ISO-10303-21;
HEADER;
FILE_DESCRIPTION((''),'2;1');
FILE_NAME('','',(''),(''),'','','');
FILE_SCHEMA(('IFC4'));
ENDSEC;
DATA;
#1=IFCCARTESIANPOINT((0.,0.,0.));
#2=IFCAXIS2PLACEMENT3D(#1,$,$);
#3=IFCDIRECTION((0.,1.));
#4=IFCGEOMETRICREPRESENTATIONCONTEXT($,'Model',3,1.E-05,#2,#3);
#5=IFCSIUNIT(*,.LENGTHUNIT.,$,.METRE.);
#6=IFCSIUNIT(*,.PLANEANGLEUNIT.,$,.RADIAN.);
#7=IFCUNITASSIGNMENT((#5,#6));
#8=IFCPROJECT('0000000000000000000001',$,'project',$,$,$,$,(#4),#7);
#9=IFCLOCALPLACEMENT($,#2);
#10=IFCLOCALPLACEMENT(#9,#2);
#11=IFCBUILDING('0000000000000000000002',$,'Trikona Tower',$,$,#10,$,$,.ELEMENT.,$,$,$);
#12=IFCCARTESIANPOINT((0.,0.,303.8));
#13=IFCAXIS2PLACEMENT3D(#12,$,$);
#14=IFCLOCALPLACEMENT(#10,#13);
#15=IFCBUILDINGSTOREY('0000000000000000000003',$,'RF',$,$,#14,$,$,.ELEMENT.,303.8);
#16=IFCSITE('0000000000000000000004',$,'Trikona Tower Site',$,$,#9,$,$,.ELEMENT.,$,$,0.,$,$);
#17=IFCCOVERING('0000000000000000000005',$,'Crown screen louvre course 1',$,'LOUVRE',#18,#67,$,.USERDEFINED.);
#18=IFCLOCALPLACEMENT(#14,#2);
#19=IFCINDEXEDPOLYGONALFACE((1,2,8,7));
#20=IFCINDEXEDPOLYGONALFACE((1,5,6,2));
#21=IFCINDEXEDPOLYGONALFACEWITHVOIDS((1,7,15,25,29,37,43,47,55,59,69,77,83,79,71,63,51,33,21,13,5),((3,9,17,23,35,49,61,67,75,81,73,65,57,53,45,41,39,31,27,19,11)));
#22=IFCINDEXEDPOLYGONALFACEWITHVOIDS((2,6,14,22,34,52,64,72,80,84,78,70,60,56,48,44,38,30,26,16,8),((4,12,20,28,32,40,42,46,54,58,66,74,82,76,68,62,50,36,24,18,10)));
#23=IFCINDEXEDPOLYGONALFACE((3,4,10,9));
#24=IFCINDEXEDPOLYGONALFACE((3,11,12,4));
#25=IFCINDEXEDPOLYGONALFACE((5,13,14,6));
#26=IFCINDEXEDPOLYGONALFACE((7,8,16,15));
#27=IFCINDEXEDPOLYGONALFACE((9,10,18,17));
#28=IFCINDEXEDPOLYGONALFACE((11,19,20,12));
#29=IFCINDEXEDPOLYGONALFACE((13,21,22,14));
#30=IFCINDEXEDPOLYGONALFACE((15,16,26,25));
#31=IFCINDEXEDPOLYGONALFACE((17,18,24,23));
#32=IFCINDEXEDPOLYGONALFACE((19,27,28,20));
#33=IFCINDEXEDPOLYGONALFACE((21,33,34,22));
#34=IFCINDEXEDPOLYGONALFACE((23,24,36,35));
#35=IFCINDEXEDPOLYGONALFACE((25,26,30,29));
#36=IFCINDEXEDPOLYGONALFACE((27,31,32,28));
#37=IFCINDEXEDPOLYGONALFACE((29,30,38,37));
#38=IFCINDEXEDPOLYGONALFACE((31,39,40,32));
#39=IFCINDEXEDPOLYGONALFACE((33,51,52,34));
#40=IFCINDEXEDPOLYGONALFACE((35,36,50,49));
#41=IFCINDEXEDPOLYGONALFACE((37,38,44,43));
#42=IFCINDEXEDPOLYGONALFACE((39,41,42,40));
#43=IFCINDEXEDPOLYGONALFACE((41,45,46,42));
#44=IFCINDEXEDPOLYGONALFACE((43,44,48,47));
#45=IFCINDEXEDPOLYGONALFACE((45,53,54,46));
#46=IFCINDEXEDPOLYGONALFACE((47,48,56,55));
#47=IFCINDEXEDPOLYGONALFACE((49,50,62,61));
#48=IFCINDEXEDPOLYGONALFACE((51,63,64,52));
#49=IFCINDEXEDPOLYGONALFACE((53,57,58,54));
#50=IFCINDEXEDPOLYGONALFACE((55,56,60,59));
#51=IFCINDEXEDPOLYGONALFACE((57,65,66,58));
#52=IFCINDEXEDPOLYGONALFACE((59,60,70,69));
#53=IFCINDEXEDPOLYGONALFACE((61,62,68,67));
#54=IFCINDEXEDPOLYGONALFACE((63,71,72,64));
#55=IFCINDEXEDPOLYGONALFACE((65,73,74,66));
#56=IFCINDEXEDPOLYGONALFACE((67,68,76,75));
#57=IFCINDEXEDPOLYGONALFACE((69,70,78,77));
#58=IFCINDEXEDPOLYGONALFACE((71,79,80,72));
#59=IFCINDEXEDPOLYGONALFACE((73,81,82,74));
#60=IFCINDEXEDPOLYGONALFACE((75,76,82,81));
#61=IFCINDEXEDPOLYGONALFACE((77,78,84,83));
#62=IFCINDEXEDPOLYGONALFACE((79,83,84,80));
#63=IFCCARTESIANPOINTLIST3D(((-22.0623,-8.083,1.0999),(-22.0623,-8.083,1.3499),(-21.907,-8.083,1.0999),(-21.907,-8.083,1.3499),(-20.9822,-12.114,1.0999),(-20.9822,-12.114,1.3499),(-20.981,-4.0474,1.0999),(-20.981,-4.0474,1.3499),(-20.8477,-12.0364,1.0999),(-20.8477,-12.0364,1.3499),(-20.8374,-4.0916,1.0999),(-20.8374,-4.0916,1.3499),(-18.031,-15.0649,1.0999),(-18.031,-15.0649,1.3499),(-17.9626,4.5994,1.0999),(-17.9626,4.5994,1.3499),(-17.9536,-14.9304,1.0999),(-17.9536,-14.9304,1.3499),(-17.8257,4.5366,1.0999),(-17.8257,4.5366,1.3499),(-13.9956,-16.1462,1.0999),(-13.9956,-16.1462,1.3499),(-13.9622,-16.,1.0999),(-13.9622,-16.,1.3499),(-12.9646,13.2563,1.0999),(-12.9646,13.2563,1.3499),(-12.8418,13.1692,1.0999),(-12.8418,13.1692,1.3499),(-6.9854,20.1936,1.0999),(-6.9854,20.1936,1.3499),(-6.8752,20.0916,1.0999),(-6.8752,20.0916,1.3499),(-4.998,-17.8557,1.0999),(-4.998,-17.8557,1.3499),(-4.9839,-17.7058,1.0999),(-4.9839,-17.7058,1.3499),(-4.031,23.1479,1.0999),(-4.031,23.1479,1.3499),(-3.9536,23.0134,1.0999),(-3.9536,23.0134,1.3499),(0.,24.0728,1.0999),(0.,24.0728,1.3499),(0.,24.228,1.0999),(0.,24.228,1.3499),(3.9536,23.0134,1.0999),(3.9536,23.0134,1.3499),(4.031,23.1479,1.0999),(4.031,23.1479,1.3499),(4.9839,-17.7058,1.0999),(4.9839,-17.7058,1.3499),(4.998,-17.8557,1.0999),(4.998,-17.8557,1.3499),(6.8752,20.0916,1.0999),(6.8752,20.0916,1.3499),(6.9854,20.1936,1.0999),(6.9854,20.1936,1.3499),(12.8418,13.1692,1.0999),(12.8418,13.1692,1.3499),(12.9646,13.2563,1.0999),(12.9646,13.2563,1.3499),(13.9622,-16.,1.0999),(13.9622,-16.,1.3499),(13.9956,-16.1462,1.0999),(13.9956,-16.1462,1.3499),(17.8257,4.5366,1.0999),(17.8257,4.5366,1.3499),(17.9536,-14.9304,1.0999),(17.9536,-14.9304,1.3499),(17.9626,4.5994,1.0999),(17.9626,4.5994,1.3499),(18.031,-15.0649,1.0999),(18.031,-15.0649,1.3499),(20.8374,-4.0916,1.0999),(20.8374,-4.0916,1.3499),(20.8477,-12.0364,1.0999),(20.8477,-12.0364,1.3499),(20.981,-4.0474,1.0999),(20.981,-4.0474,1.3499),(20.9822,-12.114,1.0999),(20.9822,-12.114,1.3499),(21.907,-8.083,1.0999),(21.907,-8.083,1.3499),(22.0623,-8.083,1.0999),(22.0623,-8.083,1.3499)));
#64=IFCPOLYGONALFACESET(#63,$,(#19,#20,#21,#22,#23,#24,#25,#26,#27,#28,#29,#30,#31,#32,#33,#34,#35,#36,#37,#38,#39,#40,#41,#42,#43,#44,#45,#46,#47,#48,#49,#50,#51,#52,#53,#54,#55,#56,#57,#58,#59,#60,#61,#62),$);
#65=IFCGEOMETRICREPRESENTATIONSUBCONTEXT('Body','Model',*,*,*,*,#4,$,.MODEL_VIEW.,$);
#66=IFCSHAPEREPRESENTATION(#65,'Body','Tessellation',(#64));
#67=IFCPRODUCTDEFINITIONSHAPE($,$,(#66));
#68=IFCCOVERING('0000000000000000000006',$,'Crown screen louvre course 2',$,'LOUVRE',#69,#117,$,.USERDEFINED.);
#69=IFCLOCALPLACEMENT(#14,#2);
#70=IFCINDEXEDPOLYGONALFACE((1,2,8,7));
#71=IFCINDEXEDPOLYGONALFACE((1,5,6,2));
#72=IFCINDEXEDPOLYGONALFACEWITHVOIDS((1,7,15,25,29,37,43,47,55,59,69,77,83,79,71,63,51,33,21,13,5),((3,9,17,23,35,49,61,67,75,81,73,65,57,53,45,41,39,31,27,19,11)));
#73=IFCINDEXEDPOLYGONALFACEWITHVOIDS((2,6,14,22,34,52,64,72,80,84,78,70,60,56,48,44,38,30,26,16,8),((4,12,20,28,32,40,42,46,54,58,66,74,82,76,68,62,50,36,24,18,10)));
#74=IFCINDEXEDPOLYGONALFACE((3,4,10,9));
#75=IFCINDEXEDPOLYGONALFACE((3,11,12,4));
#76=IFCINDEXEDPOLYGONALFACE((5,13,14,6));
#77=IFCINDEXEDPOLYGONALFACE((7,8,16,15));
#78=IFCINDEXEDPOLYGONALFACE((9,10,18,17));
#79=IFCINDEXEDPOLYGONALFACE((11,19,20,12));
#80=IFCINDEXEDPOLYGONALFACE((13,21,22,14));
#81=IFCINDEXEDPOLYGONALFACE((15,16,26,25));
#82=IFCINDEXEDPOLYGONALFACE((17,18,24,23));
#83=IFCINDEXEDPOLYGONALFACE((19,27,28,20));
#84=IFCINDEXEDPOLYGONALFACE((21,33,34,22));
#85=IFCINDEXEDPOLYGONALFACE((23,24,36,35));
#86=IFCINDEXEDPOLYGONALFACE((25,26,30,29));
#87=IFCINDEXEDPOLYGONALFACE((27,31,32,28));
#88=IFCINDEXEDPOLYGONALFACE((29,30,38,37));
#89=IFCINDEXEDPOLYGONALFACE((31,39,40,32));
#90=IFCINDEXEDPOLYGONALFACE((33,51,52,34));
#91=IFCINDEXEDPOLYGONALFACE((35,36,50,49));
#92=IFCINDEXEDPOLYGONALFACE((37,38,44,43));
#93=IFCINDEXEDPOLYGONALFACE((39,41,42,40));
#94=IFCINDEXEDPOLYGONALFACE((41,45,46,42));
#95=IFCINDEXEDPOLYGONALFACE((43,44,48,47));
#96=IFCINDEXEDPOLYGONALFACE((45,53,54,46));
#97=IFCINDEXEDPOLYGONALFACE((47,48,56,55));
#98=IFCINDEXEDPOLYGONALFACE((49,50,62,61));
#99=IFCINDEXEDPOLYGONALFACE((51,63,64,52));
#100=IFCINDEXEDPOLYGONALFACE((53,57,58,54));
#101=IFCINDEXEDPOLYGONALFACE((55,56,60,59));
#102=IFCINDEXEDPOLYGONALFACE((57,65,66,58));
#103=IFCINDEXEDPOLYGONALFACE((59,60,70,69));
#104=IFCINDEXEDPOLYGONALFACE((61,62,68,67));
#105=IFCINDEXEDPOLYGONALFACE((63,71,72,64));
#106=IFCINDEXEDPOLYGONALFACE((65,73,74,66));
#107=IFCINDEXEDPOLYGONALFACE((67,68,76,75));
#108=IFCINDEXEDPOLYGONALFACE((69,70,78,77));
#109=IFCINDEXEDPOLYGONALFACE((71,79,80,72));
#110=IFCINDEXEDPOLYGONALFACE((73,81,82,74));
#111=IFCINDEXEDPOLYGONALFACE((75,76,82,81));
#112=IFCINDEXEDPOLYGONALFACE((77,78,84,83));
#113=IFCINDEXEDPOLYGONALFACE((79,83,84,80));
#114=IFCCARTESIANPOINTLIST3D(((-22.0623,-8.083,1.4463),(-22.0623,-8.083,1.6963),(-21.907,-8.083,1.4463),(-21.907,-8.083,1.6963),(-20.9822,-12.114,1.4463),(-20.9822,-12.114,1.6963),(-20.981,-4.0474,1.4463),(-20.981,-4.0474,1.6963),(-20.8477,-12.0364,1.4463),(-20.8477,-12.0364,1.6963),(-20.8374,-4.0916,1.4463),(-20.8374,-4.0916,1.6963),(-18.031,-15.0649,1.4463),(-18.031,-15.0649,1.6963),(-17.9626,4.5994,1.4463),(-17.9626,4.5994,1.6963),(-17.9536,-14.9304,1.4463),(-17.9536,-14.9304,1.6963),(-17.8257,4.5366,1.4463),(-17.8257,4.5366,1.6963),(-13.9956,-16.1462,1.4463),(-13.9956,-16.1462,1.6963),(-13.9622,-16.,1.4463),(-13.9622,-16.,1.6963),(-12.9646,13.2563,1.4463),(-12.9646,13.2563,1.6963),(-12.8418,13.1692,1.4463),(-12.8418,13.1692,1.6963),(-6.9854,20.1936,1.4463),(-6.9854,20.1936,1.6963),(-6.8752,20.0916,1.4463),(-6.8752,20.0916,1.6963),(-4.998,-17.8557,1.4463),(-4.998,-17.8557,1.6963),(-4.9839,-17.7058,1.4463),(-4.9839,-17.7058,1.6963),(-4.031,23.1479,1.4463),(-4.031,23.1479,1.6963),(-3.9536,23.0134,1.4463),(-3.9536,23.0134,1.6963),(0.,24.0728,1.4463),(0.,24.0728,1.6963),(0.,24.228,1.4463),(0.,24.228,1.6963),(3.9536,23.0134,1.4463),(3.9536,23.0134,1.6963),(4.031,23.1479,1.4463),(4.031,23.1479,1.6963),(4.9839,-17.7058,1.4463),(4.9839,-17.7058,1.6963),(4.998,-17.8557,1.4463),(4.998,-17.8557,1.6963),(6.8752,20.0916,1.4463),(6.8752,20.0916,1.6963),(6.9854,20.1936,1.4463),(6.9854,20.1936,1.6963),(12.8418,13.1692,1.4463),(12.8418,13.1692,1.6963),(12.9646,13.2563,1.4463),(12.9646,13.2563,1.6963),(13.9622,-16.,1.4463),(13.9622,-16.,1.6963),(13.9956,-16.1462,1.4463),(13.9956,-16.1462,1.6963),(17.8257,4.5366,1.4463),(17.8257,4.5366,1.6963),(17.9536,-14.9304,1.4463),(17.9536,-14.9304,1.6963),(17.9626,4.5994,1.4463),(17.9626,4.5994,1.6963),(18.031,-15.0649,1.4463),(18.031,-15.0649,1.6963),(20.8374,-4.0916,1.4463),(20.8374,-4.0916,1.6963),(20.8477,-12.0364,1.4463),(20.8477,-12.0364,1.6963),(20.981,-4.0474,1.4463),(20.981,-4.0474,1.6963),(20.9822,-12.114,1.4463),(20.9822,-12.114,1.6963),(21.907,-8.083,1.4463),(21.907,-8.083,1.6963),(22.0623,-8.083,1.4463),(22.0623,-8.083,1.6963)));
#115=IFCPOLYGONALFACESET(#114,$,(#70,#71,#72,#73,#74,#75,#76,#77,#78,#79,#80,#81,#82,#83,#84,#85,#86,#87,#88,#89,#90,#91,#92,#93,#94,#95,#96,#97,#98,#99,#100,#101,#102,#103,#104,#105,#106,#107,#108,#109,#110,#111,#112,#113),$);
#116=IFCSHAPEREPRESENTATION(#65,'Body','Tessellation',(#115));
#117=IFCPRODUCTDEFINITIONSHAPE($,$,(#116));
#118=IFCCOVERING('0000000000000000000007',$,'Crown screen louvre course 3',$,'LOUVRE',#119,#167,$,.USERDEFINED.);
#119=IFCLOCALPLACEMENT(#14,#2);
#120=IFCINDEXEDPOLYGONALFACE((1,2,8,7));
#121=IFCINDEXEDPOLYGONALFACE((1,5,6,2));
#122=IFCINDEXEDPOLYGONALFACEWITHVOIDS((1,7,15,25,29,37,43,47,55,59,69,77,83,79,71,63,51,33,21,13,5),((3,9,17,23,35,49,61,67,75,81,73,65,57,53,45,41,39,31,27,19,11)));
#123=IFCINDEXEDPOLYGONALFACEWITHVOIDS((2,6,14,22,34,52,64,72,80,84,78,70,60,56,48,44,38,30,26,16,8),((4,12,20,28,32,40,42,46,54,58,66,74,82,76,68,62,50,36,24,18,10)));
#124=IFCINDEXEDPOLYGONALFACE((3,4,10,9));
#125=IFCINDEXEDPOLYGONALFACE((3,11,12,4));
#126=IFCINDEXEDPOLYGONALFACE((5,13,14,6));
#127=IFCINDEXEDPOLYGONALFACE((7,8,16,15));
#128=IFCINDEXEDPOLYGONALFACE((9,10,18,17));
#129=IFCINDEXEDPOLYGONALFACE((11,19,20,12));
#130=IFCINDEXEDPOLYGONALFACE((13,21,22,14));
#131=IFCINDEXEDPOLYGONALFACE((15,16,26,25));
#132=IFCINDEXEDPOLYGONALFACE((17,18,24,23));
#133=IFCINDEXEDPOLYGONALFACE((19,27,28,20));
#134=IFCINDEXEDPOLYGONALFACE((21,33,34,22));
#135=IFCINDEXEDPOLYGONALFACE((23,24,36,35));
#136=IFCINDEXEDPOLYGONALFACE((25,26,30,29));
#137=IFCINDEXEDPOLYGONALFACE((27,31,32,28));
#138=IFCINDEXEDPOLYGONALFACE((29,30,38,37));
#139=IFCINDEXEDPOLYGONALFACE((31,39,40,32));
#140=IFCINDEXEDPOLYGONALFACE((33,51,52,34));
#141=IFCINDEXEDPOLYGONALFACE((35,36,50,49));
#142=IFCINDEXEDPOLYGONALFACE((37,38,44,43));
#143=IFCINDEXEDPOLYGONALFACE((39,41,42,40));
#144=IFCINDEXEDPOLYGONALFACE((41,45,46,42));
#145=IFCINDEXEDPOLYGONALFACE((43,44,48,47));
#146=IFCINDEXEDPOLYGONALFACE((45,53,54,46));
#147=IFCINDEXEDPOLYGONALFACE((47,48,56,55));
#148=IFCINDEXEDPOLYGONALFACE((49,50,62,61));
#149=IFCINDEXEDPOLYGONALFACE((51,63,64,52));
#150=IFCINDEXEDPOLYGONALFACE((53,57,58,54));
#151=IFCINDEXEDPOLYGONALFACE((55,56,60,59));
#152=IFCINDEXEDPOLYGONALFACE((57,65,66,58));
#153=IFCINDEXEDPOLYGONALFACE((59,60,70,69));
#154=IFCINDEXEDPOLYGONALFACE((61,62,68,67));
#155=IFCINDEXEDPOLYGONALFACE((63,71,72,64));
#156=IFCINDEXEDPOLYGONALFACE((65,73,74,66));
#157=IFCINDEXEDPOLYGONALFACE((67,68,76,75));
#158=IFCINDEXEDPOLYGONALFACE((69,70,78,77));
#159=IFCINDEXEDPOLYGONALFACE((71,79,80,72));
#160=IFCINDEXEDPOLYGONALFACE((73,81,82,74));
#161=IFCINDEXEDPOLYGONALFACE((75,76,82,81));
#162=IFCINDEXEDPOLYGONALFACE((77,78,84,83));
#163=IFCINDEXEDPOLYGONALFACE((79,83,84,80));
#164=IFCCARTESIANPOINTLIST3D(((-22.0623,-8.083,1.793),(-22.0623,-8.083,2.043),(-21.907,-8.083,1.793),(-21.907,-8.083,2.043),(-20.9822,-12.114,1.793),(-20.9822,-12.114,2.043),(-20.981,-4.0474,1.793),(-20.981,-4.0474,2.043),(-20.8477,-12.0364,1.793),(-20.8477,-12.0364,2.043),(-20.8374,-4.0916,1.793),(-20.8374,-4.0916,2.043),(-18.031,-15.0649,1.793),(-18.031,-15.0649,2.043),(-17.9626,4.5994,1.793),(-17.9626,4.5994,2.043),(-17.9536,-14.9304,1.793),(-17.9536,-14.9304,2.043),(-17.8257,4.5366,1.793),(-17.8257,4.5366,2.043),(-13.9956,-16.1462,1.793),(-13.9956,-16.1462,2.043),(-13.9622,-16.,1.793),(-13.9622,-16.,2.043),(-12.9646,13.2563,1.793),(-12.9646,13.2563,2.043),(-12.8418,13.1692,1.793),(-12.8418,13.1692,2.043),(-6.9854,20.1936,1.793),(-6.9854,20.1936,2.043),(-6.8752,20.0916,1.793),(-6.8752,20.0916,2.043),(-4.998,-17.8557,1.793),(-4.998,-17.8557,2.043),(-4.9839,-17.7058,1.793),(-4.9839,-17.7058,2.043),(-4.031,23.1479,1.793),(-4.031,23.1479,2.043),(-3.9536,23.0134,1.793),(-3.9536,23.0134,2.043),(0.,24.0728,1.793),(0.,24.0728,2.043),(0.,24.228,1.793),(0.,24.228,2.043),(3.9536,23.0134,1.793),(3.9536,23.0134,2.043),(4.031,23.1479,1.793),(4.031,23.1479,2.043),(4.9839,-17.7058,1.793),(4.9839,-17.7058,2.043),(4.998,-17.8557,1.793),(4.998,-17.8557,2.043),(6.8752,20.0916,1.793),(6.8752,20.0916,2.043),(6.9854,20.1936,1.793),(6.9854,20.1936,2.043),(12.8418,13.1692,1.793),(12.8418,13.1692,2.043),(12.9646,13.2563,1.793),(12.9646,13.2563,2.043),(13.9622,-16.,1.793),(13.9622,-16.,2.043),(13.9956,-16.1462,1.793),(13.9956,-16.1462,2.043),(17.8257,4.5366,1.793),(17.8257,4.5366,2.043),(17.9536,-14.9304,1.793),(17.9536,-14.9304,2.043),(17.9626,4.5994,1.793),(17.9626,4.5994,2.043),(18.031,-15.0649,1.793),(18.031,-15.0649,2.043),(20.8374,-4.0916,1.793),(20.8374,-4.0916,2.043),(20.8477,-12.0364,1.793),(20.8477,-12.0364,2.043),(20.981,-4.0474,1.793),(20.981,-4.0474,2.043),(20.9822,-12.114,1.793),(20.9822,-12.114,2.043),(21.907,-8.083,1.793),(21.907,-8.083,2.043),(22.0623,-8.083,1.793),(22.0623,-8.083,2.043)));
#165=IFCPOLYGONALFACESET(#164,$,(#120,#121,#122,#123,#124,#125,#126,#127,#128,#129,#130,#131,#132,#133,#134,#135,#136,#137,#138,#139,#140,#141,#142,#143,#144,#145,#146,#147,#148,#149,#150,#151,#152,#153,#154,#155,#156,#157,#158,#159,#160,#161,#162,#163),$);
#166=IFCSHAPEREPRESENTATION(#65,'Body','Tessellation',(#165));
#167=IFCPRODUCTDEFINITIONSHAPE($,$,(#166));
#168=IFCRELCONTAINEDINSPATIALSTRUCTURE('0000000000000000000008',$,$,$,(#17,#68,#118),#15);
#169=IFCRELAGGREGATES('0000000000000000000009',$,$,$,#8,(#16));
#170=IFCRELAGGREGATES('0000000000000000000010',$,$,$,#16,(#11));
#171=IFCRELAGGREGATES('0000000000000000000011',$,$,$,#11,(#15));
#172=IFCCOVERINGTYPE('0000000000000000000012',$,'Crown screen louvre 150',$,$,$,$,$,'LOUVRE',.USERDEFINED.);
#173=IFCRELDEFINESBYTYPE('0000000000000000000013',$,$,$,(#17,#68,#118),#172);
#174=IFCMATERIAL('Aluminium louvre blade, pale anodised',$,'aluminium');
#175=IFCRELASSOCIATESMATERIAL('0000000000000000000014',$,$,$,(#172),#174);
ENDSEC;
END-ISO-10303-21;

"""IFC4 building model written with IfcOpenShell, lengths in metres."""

from ifc_helpers import new_model, si_unit, direction, frame, origin, place, context, subcontext, project, spatial, polyline, outline, extrude, material, type_object, element, save


model = new_model("IFC4")

# Units and contexts
model_context = context("Model", 3, precision=1e-05, world=origin(), true_north=direction((0.0, 1.0)))
body_context = subcontext(model_context, "Body", "Model", "MODEL_VIEW")
ifc_project = project(units=[si_unit("LENGTHUNIT", "METRE"), si_unit("PLANEANGLEUNIT", "RADIAN")], contexts=[model_context])

# Site, building, storey
site_placement = place(None, origin())
site = spatial("IfcSite", under=ifc_project, at=site_placement, Name="Trikona Tower Site", CompositionType="ELEMENT", RefElevation=0.0)
building_placement = place(site_placement, origin())
building = spatial("IfcBuilding", under=site, at=building_placement, Name="Trikona Tower", CompositionType="ELEMENT")
storey_placement = place(building_placement, frame((0.0, 0.0, 303.8)))
storey = spatial("IfcBuildingStorey", under=building, at=storey_placement, Name="RF", CompositionType="ELEMENT", Elevation=303.8)

# Coverings
ifc_material_1 = material(Name="Aluminium louvre blade, pale anodised", Category="aluminium")
covering_type_1 = type_object("IfcCoveringType", Name="Crown screen louvre 150", ElementType="LOUVRE", PredefinedType="USERDEFINED", material=ifc_material_1)
for number, where, name in (
    (1, (0.0, 0.0, 1.0999), "Crown screen louvre course 1"),
    (2, (0.0, 0.0, 1.4463), "Crown screen louvre course 2"),
    (3, (0.0, 0.0, 1.793), "Crown screen louvre course 3"),
):
    element("IfcCovering", number, at=place(storey_placement, frame(where)), inside=storey, type_object=covering_type_1, Name=name, ObjectType="LOUVRE", PredefinedType="USERDEFINED", context=body_context, shape_type="SweptSolid", body=[
        extrude(outline(polyline([(-13.9956, -16.1462), (-18.031, -15.0649), (-20.9822, -12.114), (-22.0623, -8.083), (-20.981, -4.0474), (-17.9626, 4.5994), (-12.9646, 13.2563), (-6.9854, 20.1936), (-4.031, 23.1479), (0.0, 24.228), (4.031, 23.1479), (6.9854, 20.1936), (12.9646, 13.2563), (17.9626, 4.5994), (20.981, -4.0474), (22.0623, -8.083), (20.9822, -12.114), (18.031, -15.0649), (13.9956, -16.1462), (4.998, -17.8557), (-4.998, -17.8557), (-13.9956, -16.1462)]), holes=[polyline([(-13.9622, -16.0), (-17.9536, -14.9304), (-20.8477, -12.0364), (-21.907, -8.083), (-20.8374, -4.0916), (-17.8257, 4.5366), (-12.8418, 13.1692), (-6.8752, 20.0916), (-3.9536, 23.0134), (0.0, 24.0728), (3.9536, 23.0134), (6.8752, 20.0916), (12.8418, 13.1692), (17.8257, 4.5366), (20.8374, -4.0916), (21.907, -8.083), (20.8477, -12.0364), (17.9536, -14.9304), (13.9622, -16.0), (4.9839, -17.7058), (-4.9839, -17.7058), (-13.9622, -16.0)])]), origin(), (0.0, 0.0, 1.0), 0.25),
    ])

save(model, "model.ifc")
